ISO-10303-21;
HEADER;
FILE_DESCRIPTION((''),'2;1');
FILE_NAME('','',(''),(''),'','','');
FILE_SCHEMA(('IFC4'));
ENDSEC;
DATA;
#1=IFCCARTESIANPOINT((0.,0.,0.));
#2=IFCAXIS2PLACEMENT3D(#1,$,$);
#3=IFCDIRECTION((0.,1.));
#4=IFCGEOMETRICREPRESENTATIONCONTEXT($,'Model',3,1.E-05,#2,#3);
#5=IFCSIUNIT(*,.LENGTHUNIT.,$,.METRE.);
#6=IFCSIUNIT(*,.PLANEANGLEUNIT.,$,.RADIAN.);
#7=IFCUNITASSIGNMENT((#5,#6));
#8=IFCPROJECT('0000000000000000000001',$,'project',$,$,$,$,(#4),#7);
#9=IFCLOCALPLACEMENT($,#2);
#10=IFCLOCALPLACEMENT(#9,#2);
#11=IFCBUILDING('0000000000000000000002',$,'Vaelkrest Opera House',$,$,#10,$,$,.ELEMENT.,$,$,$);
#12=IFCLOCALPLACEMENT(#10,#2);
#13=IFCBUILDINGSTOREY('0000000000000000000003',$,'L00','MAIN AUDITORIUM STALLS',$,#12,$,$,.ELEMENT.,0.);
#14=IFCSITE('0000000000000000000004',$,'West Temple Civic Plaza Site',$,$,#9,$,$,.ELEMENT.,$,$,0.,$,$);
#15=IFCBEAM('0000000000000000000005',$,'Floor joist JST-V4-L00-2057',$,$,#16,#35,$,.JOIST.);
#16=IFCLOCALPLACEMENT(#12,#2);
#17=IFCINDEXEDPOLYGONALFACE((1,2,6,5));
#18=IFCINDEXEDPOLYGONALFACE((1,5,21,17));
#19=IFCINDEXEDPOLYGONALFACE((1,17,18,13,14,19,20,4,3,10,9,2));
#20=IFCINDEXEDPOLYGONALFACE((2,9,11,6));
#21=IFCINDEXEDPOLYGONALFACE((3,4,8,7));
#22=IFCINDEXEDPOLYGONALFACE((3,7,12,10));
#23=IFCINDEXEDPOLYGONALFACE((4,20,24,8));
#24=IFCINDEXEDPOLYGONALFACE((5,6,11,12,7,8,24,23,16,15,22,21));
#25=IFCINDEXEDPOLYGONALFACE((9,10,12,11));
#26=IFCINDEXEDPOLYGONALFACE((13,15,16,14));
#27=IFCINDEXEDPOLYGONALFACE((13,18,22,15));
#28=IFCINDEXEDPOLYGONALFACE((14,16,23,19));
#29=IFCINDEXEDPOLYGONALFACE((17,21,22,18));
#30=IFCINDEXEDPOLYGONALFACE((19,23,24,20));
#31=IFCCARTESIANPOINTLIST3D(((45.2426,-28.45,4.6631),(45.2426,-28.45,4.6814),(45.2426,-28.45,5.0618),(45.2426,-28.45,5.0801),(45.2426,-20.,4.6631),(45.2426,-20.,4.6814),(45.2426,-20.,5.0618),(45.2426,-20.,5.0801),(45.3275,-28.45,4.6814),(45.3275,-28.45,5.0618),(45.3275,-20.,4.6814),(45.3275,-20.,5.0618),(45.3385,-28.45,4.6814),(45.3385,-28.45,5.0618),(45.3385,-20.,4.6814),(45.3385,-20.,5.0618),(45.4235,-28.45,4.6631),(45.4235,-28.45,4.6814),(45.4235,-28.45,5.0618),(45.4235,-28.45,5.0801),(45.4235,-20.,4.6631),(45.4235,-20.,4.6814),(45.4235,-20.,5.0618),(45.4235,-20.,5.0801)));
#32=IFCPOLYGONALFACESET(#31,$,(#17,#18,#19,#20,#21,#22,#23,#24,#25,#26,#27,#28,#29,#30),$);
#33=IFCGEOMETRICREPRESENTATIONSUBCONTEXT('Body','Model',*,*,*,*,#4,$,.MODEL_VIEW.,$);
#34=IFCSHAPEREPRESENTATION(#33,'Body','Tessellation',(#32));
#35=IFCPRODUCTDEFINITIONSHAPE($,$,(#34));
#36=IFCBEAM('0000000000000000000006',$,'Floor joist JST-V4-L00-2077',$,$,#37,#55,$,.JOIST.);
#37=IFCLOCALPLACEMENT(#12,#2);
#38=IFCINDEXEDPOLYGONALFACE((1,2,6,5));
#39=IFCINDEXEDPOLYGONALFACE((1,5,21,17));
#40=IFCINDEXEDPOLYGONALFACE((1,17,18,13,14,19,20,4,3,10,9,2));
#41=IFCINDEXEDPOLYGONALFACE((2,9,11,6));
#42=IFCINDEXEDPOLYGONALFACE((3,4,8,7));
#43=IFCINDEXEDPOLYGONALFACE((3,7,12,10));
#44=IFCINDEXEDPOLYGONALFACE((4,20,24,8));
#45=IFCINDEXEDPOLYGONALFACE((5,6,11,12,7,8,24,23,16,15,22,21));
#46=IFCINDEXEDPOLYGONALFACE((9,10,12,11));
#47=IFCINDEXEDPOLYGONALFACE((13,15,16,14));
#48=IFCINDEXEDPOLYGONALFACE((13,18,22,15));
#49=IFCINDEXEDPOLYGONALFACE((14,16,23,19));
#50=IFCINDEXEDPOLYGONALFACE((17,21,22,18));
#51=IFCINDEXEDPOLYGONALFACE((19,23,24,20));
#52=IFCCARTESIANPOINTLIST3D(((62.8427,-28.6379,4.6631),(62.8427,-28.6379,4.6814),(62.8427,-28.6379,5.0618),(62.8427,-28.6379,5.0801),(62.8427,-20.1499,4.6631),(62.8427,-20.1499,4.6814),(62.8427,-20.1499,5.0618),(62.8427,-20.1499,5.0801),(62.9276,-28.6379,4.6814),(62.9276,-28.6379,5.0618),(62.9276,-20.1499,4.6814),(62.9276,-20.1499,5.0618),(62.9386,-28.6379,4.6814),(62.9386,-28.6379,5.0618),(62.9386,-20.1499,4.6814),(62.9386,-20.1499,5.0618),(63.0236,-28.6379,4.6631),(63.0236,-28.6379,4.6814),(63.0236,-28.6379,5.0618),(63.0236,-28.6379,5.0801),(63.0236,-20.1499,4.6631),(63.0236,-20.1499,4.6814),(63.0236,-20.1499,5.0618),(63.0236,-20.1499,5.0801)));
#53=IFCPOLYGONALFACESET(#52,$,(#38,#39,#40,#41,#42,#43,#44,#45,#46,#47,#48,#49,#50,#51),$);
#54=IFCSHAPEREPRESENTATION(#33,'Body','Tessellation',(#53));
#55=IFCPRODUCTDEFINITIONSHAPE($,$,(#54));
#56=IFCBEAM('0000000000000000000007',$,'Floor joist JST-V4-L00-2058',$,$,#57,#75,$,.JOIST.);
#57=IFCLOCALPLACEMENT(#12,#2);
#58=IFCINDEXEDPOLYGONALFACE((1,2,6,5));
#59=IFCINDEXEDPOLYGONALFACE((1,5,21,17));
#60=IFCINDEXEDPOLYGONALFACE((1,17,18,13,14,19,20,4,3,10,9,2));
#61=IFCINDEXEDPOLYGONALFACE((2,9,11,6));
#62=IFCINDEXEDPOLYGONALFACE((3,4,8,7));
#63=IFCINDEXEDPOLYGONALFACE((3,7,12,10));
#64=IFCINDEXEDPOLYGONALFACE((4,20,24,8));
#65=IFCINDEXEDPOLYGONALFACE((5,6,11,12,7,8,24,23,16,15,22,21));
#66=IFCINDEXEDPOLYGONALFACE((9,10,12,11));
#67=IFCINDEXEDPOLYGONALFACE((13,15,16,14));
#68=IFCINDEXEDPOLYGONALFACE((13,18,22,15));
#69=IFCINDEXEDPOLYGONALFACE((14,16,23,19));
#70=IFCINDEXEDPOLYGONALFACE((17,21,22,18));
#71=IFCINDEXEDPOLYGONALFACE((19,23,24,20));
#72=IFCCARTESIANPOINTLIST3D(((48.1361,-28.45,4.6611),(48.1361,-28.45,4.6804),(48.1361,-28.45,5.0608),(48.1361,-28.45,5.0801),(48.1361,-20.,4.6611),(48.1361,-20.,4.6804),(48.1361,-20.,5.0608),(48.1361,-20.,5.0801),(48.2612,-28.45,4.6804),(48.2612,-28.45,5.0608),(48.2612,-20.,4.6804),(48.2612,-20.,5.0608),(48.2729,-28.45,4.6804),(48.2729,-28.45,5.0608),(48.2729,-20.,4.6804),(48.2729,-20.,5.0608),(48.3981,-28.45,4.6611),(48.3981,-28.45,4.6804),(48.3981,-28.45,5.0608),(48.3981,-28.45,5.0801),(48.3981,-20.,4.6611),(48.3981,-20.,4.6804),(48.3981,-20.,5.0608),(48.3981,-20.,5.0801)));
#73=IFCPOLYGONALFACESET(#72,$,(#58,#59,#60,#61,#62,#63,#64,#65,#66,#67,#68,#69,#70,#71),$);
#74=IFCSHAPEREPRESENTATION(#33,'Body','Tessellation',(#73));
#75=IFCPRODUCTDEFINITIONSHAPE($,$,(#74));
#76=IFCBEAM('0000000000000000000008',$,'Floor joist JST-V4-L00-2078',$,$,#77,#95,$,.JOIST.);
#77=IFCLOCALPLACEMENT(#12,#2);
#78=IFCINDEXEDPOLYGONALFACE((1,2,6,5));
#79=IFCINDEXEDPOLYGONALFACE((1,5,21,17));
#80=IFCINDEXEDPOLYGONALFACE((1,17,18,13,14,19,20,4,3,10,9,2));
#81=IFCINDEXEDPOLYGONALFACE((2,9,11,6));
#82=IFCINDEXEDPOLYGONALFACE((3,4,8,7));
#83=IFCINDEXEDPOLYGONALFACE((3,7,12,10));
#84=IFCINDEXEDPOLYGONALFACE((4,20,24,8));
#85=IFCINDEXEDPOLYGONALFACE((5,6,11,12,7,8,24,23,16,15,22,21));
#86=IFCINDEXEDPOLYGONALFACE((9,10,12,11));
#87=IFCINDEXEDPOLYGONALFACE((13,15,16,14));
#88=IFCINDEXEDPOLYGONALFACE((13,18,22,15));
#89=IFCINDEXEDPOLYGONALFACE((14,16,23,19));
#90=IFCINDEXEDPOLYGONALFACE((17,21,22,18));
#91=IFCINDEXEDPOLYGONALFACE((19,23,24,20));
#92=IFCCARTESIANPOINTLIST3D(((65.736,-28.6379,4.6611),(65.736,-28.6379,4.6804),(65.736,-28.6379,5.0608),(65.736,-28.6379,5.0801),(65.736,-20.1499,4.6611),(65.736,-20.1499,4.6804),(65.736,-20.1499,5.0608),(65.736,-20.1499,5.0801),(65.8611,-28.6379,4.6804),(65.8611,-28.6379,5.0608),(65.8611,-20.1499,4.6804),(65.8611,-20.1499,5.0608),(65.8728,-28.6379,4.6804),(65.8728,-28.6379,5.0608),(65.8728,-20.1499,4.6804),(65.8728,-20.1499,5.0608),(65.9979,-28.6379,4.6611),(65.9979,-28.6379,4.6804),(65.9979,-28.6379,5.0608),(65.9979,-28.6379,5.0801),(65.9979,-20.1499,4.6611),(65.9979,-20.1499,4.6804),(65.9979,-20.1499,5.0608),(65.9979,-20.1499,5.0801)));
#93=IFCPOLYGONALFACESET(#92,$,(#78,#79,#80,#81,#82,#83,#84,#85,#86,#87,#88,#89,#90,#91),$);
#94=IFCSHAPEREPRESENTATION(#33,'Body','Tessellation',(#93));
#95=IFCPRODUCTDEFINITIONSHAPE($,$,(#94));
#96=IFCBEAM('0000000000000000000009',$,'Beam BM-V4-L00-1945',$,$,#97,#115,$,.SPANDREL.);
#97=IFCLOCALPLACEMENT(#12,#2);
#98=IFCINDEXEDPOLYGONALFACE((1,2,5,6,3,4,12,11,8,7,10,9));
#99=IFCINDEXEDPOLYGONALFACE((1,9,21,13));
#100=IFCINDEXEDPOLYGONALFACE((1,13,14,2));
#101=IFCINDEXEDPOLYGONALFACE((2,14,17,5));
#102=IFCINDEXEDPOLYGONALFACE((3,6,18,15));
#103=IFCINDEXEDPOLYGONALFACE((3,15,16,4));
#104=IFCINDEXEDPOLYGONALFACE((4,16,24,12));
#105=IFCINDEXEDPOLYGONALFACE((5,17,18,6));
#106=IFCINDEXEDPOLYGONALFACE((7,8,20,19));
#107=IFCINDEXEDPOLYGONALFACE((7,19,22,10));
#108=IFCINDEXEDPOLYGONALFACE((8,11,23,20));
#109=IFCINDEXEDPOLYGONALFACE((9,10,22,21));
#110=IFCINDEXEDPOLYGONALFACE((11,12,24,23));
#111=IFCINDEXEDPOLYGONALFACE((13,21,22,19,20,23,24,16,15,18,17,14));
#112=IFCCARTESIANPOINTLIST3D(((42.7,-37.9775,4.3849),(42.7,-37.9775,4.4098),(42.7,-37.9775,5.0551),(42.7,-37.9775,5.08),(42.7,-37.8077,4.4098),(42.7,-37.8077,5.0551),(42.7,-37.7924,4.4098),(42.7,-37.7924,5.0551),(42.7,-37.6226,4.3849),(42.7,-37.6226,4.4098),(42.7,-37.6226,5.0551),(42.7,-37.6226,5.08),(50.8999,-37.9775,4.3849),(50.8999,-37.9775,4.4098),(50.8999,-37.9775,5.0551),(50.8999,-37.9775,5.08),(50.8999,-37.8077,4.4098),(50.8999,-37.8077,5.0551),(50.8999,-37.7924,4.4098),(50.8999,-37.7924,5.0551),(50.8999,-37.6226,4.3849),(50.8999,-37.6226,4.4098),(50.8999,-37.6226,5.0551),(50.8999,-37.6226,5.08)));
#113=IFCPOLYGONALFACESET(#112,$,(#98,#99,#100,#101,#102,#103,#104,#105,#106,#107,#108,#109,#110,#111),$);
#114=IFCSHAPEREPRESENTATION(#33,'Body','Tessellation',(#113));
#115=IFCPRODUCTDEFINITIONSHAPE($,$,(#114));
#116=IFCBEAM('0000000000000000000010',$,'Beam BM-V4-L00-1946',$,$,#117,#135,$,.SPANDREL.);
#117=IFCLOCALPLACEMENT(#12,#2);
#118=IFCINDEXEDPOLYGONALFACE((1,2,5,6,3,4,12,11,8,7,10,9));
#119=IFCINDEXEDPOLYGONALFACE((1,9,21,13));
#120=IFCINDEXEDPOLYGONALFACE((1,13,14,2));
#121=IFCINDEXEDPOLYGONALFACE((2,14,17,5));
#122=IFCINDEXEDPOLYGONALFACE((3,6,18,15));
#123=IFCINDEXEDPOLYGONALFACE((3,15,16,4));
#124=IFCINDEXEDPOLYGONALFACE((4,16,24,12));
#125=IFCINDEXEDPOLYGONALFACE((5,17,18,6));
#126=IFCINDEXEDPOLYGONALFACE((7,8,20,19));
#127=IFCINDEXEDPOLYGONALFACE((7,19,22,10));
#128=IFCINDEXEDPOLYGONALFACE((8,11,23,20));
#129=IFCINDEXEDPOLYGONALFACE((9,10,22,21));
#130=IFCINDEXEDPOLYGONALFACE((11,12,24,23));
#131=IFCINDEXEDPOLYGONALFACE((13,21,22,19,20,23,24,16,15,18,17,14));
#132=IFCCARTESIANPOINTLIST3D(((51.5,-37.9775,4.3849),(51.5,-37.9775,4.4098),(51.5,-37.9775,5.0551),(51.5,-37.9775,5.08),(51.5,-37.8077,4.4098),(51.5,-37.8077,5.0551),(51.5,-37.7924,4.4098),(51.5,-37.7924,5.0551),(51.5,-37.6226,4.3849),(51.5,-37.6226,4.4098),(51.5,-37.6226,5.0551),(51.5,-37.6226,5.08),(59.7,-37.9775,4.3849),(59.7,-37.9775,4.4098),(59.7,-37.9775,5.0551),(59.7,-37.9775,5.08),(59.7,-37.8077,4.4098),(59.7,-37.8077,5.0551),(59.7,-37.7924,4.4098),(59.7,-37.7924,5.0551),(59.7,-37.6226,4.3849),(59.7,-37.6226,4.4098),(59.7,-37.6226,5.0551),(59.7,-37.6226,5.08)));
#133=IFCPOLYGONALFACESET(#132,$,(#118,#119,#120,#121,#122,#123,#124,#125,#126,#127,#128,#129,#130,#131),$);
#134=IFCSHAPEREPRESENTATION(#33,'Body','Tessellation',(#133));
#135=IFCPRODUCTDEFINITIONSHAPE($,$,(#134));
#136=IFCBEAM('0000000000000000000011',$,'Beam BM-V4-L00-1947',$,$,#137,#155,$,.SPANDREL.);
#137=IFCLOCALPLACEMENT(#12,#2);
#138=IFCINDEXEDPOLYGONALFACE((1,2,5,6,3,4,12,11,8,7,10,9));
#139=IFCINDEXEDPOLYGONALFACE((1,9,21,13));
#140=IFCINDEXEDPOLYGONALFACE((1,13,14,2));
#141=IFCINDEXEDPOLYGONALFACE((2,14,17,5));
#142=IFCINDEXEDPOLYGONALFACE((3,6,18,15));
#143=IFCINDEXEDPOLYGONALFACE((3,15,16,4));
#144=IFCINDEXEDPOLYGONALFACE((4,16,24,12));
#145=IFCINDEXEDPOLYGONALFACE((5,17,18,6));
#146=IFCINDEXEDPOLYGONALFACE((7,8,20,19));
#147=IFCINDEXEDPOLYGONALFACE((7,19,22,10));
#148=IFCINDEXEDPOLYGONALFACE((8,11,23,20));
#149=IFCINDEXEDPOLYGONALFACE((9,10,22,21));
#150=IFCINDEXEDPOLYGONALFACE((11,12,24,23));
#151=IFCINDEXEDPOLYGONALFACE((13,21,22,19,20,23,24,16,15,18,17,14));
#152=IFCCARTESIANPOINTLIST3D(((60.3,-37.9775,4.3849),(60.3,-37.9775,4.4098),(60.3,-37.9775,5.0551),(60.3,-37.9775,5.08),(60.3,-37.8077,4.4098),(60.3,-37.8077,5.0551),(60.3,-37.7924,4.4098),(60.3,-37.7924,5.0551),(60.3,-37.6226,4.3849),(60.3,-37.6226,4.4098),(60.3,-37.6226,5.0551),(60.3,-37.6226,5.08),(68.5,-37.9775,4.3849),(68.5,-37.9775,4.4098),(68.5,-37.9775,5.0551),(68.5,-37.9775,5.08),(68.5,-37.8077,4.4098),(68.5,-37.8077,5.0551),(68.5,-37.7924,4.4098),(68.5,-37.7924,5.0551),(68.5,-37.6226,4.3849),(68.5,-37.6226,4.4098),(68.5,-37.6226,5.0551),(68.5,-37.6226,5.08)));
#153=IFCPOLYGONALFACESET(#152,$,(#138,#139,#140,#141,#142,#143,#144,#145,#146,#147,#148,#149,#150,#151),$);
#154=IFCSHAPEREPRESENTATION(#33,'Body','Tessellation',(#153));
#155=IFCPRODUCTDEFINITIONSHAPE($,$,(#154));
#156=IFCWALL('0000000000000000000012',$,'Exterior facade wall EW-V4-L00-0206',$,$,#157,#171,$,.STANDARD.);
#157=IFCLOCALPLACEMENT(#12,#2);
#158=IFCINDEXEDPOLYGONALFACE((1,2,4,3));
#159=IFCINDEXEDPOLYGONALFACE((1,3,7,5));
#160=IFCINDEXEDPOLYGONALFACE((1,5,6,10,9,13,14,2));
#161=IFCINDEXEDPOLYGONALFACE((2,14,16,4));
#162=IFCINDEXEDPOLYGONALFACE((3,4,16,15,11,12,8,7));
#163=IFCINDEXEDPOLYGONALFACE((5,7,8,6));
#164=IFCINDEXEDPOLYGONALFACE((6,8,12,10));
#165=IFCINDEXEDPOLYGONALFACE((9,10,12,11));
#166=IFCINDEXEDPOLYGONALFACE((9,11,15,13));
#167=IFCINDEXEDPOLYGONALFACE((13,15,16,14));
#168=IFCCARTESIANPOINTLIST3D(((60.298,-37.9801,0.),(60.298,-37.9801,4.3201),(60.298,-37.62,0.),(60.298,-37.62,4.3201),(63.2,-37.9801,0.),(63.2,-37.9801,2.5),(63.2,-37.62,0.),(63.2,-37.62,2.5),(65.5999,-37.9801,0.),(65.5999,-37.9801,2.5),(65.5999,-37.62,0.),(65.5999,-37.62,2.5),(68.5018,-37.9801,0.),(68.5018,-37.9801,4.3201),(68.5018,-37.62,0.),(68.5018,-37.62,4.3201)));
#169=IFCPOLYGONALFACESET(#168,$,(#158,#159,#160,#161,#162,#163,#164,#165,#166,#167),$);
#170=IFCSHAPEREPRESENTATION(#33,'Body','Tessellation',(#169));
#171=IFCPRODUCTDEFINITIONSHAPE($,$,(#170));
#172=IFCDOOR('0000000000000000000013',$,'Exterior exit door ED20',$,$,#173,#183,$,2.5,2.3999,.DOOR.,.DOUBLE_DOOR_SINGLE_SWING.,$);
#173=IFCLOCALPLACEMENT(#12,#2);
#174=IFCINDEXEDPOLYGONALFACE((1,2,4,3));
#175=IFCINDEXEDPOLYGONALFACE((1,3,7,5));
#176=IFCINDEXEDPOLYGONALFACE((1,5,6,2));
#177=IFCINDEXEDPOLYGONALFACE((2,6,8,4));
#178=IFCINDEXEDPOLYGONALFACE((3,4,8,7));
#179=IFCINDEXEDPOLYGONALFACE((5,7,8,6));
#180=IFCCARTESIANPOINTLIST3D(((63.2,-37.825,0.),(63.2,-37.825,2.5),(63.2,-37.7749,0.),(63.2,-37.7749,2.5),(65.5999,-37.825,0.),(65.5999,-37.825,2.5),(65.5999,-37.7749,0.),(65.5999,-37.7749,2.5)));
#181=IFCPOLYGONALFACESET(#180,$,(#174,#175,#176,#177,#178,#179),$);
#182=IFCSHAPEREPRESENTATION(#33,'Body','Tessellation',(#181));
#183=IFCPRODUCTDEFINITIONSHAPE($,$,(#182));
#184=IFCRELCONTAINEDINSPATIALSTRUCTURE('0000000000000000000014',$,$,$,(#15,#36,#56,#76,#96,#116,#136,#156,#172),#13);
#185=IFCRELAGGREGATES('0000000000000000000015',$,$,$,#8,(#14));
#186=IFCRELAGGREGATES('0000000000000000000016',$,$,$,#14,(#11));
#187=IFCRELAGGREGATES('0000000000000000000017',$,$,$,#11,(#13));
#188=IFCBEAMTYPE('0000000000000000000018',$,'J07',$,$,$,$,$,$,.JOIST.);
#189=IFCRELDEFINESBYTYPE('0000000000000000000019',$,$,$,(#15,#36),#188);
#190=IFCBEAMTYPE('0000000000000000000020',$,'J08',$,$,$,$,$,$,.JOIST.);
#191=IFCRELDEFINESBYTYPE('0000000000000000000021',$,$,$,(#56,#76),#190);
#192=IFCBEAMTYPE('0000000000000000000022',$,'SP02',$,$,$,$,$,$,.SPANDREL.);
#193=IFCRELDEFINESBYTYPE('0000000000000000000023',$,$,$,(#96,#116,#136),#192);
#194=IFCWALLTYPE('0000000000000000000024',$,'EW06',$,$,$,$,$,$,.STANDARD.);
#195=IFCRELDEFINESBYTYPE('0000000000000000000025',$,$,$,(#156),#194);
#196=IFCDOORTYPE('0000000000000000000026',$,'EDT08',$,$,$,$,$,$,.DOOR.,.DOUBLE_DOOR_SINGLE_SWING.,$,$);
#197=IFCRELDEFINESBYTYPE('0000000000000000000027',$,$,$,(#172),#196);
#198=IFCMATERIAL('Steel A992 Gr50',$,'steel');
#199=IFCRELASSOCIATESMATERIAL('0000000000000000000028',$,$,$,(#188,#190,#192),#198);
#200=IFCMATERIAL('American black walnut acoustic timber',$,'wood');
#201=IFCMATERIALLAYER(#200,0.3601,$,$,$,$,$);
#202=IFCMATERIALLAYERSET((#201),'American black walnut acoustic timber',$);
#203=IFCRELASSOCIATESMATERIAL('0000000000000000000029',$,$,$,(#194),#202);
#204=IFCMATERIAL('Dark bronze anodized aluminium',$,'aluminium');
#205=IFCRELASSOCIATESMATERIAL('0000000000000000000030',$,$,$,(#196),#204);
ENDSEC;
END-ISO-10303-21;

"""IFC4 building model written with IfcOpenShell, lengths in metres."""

from ifc_helpers import new_model, si_unit, direction, frame, frame_2d, origin, origin_2d, place, context, subcontext, project, spatial, rectangle, i_section, extrude, material, layer, layer_set, material_profile, profile_set, type_object, element, fill, save


model = new_model("IFC4")

# Units and contexts
model_context = context("Model", 3, precision=1e-05, world=origin(), true_north=direction((0.0, 1.0)))
body_context = subcontext(model_context, "Body", "Model", "MODEL_VIEW")
ifc_project = project(units=[si_unit("LENGTHUNIT", "METRE"), si_unit("PLANEANGLEUNIT", "RADIAN")], contexts=[model_context])

# Site, building, storey
site_placement = place(None, origin())
site = spatial("IfcSite", under=ifc_project, at=site_placement, Name="West Temple Civic Plaza Site", CompositionType="ELEMENT", RefElevation=0.0)
building_placement = place(site_placement, origin())
building = spatial("IfcBuilding", under=site, at=building_placement, Name="Vaelkrest Opera House", CompositionType="ELEMENT")
storey_placement = place(building_placement, origin())
storey = spatial("IfcBuildingStorey", under=building, at=storey_placement, Name="L00", Description="MAIN AUDITORIUM STALLS", CompositionType="ELEMENT", Elevation=0.0)

# Beams
ifc_material_1 = material(Name="Steel A992 Gr50", Category="steel")
ifc_material_profile_1 = material_profile(ifc_material_1, i_section(OverallWidth=0.1809, OverallDepth=0.417, WebThickness=0.011, FlangeThickness=0.0183, at=origin_2d()), Name="W16X57")
ifc_profile_set_1 = profile_set([ifc_material_profile_1], Name="Steel A992 Gr50")
beam_type_1 = type_object("IfcBeamType", Name="J07", PredefinedType="JOIST", material=ifc_profile_set_1)
beam_1_placement = place(storey_placement, frame((45.333, -28.45, 4.8716), z_axis=(0.0, 1.0, 0.0), x_axis=(-1.0, 0.0, 0.0)))
element("IfcBeam", 1, at=beam_1_placement, inside=storey, type_object=beam_type_1, Name="Floor joist JST-V4-L00-2057", PredefinedType="JOIST", context=body_context, shape_type="SweptSolid", body=[
    extrude(i_section(OverallWidth=0.1809, OverallDepth=0.417, WebThickness=0.011, FlangeThickness=0.0183, at=origin_2d()), origin(), (0.0, 0.0, 1.0), 8.45),
])
beam_2_placement = place(storey_placement, frame((62.9331, -28.6379, 4.8716), z_axis=(0.0, 1.0, 0.0), x_axis=(-1.0, 0.0, 0.0)))
element("IfcBeam", 2, at=beam_2_placement, inside=storey, type_object=beam_type_1, Name="Floor joist JST-V4-L00-2077", PredefinedType="JOIST", context=body_context, shape_type="SweptSolid", body=[
    extrude(i_section(OverallWidth=0.1809, OverallDepth=0.417, WebThickness=0.011, FlangeThickness=0.0183, at=origin_2d()), origin(), (0.0, 0.0, 1.0), 8.488),
])
ifc_material_profile_2 = material_profile(ifc_material_1, i_section(OverallWidth=0.262, OverallDepth=0.4189, WebThickness=0.0117, FlangeThickness=0.0193, at=origin_2d()), Name="W16X77")
ifc_profile_set_2 = profile_set([ifc_material_profile_2], Name="Steel A992 Gr50")
beam_type_2 = type_object("IfcBeamType", Name="J08", PredefinedType="JOIST", material=ifc_profile_set_2)
beam_3_placement = place(storey_placement, frame((48.2671, -28.45, 4.8706), z_axis=(0.0, 1.0, 0.0), x_axis=(-1.0, 0.0, 0.0)))
element("IfcBeam", 3, at=beam_3_placement, inside=storey, type_object=beam_type_2, Name="Floor joist JST-V4-L00-2058", PredefinedType="JOIST", context=body_context, shape_type="SweptSolid", body=[
    extrude(i_section(OverallWidth=0.262, OverallDepth=0.4189, WebThickness=0.0117, FlangeThickness=0.0193, at=origin_2d()), origin(), (0.0, 0.0, 1.0), 8.45),
])
beam_4_placement = place(storey_placement, frame((65.8669, -28.6379, 4.8706), z_axis=(0.0, 1.0, 0.0), x_axis=(-1.0, 0.0, 0.0)))
element("IfcBeam", 4, at=beam_4_placement, inside=storey, type_object=beam_type_2, Name="Floor joist JST-V4-L00-2078", PredefinedType="JOIST", context=body_context, shape_type="SweptSolid", body=[
    extrude(i_section(OverallWidth=0.262, OverallDepth=0.4189, WebThickness=0.0117, FlangeThickness=0.0193, at=origin_2d()), origin(), (0.0, 0.0, 1.0), 8.488),
])
ifc_material_profile_3 = material_profile(ifc_material_1, i_section(OverallWidth=0.355, OverallDepth=0.6951, WebThickness=0.0154, FlangeThickness=0.0249, at=origin_2d()), Name="W27X146")
ifc_profile_set_3 = profile_set([ifc_material_profile_3], Name="Steel A992 Gr50")
beam_type_3 = type_object("IfcBeamType", Name="SP02", PredefinedType="SPANDREL", material=ifc_profile_set_3)
for number, where, z_axis, x_axis, name in (
    (5, (42.7, -37.8, 4.7324), (1.0, 0.0, 0.0), (0.0, 1.0, 0.0), "Beam BM-V4-L00-1945"),
    (6, (51.5, -37.8, 4.7324), (1.0, 0.0, 0.0), (0.0, 1.0, 0.0), "Beam BM-V4-L00-1946"),
    (7, (60.3, -37.8, 4.7324), (1.0, 0.0, 0.0), (0.0, 1.0, 0.0), "Beam BM-V4-L00-1947"),
):
    element("IfcBeam", number, at=place(storey_placement, frame(where, z_axis=z_axis, x_axis=x_axis)), inside=storey, type_object=beam_type_3, Name=name, PredefinedType="SPANDREL", context=body_context, shape_type="SweptSolid", body=[
        extrude(i_section(OverallWidth=0.355, OverallDepth=0.6951, WebThickness=0.0154, FlangeThickness=0.0249, at=origin_2d()), origin(), (0.0, 0.0, 1.0), 8.2),
    ])

# Wall, opening, door
ifc_material_2 = material(Name="American black walnut acoustic timber", Category="wood")
ifc_layer_1 = layer(ifc_material_2, 0.3601)
ifc_layer_set_1 = layer_set([ifc_layer_1], Name="American black walnut acoustic timber")
wall_type_1 = type_object("IfcWallType", Name="EW06", PredefinedType="STANDARD", material=ifc_layer_set_1)
wall_1_placement = place(storey_placement, frame((68.502, -37.8, 0.0), z_axis=(0.0, 0.0, 1.0), x_axis=(-1.0, 0.0, 0.0)))
wall_1 = element("IfcWall", 8, at=wall_1_placement, inside=storey, type_object=wall_type_1, Name="Exterior facade wall EW-V4-L00-0206", PredefinedType="STANDARD", context=body_context, shape_type="SweptSolid", body=[
    extrude(rectangle(XDim=8.2039, YDim=0.3601, at=frame_2d((4.1021, 0.0))), origin(), (0.0, 0.0, 1.0), 4.3201),
])
opening_1_placement = place(wall_1_placement, frame((2.9021, 0.0, 0.0)))
opening_1 = element("IfcOpeningElement", 9, at=opening_1_placement, cuts=wall_1, PredefinedType="OPENING", context=body_context, shape_type="SweptSolid", body=[
    extrude(rectangle(XDim=2.3999, YDim=2.5, at=frame_2d((1.2, 1.25))), frame((0.0, 0.1899, 0.0), z_axis=(0.0, -1.0, 0.0), x_axis=(1.0, 0.0, 0.0)), (0.0, 0.0, 1.0), 0.3801),
])
ifc_material_3 = material(Name="Dark bronze anodized aluminium", Category="aluminium")
door_type_1 = type_object("IfcDoorType", Name="EDT08", OperationType="DOUBLE_DOOR_SINGLE_SWING", PredefinedType="DOOR", material=ifc_material_3)
door_1_placement = place(opening_1_placement, origin())
door_1 = element("IfcDoor", 10, at=door_1_placement, inside=storey, type_object=door_type_1, Name="Exterior exit door ED20", OperationType="DOUBLE_DOOR_SINGLE_SWING", OverallHeight=2.5, OverallWidth=2.3999, PredefinedType="DOOR", context=body_context, shape_type="SweptSolid", body=[
    extrude(rectangle(XDim=2.3999, YDim=2.5, at=frame_2d((1.2, 1.25))), frame((0.0, 0.0249, 0.0), z_axis=(0.0, -1.0, 0.0), x_axis=(1.0, 0.0, 0.0)), (0.0, 0.0, 1.0), 0.05),
])
fill(opening_1, door_1)

save(model, "model.ifc")
